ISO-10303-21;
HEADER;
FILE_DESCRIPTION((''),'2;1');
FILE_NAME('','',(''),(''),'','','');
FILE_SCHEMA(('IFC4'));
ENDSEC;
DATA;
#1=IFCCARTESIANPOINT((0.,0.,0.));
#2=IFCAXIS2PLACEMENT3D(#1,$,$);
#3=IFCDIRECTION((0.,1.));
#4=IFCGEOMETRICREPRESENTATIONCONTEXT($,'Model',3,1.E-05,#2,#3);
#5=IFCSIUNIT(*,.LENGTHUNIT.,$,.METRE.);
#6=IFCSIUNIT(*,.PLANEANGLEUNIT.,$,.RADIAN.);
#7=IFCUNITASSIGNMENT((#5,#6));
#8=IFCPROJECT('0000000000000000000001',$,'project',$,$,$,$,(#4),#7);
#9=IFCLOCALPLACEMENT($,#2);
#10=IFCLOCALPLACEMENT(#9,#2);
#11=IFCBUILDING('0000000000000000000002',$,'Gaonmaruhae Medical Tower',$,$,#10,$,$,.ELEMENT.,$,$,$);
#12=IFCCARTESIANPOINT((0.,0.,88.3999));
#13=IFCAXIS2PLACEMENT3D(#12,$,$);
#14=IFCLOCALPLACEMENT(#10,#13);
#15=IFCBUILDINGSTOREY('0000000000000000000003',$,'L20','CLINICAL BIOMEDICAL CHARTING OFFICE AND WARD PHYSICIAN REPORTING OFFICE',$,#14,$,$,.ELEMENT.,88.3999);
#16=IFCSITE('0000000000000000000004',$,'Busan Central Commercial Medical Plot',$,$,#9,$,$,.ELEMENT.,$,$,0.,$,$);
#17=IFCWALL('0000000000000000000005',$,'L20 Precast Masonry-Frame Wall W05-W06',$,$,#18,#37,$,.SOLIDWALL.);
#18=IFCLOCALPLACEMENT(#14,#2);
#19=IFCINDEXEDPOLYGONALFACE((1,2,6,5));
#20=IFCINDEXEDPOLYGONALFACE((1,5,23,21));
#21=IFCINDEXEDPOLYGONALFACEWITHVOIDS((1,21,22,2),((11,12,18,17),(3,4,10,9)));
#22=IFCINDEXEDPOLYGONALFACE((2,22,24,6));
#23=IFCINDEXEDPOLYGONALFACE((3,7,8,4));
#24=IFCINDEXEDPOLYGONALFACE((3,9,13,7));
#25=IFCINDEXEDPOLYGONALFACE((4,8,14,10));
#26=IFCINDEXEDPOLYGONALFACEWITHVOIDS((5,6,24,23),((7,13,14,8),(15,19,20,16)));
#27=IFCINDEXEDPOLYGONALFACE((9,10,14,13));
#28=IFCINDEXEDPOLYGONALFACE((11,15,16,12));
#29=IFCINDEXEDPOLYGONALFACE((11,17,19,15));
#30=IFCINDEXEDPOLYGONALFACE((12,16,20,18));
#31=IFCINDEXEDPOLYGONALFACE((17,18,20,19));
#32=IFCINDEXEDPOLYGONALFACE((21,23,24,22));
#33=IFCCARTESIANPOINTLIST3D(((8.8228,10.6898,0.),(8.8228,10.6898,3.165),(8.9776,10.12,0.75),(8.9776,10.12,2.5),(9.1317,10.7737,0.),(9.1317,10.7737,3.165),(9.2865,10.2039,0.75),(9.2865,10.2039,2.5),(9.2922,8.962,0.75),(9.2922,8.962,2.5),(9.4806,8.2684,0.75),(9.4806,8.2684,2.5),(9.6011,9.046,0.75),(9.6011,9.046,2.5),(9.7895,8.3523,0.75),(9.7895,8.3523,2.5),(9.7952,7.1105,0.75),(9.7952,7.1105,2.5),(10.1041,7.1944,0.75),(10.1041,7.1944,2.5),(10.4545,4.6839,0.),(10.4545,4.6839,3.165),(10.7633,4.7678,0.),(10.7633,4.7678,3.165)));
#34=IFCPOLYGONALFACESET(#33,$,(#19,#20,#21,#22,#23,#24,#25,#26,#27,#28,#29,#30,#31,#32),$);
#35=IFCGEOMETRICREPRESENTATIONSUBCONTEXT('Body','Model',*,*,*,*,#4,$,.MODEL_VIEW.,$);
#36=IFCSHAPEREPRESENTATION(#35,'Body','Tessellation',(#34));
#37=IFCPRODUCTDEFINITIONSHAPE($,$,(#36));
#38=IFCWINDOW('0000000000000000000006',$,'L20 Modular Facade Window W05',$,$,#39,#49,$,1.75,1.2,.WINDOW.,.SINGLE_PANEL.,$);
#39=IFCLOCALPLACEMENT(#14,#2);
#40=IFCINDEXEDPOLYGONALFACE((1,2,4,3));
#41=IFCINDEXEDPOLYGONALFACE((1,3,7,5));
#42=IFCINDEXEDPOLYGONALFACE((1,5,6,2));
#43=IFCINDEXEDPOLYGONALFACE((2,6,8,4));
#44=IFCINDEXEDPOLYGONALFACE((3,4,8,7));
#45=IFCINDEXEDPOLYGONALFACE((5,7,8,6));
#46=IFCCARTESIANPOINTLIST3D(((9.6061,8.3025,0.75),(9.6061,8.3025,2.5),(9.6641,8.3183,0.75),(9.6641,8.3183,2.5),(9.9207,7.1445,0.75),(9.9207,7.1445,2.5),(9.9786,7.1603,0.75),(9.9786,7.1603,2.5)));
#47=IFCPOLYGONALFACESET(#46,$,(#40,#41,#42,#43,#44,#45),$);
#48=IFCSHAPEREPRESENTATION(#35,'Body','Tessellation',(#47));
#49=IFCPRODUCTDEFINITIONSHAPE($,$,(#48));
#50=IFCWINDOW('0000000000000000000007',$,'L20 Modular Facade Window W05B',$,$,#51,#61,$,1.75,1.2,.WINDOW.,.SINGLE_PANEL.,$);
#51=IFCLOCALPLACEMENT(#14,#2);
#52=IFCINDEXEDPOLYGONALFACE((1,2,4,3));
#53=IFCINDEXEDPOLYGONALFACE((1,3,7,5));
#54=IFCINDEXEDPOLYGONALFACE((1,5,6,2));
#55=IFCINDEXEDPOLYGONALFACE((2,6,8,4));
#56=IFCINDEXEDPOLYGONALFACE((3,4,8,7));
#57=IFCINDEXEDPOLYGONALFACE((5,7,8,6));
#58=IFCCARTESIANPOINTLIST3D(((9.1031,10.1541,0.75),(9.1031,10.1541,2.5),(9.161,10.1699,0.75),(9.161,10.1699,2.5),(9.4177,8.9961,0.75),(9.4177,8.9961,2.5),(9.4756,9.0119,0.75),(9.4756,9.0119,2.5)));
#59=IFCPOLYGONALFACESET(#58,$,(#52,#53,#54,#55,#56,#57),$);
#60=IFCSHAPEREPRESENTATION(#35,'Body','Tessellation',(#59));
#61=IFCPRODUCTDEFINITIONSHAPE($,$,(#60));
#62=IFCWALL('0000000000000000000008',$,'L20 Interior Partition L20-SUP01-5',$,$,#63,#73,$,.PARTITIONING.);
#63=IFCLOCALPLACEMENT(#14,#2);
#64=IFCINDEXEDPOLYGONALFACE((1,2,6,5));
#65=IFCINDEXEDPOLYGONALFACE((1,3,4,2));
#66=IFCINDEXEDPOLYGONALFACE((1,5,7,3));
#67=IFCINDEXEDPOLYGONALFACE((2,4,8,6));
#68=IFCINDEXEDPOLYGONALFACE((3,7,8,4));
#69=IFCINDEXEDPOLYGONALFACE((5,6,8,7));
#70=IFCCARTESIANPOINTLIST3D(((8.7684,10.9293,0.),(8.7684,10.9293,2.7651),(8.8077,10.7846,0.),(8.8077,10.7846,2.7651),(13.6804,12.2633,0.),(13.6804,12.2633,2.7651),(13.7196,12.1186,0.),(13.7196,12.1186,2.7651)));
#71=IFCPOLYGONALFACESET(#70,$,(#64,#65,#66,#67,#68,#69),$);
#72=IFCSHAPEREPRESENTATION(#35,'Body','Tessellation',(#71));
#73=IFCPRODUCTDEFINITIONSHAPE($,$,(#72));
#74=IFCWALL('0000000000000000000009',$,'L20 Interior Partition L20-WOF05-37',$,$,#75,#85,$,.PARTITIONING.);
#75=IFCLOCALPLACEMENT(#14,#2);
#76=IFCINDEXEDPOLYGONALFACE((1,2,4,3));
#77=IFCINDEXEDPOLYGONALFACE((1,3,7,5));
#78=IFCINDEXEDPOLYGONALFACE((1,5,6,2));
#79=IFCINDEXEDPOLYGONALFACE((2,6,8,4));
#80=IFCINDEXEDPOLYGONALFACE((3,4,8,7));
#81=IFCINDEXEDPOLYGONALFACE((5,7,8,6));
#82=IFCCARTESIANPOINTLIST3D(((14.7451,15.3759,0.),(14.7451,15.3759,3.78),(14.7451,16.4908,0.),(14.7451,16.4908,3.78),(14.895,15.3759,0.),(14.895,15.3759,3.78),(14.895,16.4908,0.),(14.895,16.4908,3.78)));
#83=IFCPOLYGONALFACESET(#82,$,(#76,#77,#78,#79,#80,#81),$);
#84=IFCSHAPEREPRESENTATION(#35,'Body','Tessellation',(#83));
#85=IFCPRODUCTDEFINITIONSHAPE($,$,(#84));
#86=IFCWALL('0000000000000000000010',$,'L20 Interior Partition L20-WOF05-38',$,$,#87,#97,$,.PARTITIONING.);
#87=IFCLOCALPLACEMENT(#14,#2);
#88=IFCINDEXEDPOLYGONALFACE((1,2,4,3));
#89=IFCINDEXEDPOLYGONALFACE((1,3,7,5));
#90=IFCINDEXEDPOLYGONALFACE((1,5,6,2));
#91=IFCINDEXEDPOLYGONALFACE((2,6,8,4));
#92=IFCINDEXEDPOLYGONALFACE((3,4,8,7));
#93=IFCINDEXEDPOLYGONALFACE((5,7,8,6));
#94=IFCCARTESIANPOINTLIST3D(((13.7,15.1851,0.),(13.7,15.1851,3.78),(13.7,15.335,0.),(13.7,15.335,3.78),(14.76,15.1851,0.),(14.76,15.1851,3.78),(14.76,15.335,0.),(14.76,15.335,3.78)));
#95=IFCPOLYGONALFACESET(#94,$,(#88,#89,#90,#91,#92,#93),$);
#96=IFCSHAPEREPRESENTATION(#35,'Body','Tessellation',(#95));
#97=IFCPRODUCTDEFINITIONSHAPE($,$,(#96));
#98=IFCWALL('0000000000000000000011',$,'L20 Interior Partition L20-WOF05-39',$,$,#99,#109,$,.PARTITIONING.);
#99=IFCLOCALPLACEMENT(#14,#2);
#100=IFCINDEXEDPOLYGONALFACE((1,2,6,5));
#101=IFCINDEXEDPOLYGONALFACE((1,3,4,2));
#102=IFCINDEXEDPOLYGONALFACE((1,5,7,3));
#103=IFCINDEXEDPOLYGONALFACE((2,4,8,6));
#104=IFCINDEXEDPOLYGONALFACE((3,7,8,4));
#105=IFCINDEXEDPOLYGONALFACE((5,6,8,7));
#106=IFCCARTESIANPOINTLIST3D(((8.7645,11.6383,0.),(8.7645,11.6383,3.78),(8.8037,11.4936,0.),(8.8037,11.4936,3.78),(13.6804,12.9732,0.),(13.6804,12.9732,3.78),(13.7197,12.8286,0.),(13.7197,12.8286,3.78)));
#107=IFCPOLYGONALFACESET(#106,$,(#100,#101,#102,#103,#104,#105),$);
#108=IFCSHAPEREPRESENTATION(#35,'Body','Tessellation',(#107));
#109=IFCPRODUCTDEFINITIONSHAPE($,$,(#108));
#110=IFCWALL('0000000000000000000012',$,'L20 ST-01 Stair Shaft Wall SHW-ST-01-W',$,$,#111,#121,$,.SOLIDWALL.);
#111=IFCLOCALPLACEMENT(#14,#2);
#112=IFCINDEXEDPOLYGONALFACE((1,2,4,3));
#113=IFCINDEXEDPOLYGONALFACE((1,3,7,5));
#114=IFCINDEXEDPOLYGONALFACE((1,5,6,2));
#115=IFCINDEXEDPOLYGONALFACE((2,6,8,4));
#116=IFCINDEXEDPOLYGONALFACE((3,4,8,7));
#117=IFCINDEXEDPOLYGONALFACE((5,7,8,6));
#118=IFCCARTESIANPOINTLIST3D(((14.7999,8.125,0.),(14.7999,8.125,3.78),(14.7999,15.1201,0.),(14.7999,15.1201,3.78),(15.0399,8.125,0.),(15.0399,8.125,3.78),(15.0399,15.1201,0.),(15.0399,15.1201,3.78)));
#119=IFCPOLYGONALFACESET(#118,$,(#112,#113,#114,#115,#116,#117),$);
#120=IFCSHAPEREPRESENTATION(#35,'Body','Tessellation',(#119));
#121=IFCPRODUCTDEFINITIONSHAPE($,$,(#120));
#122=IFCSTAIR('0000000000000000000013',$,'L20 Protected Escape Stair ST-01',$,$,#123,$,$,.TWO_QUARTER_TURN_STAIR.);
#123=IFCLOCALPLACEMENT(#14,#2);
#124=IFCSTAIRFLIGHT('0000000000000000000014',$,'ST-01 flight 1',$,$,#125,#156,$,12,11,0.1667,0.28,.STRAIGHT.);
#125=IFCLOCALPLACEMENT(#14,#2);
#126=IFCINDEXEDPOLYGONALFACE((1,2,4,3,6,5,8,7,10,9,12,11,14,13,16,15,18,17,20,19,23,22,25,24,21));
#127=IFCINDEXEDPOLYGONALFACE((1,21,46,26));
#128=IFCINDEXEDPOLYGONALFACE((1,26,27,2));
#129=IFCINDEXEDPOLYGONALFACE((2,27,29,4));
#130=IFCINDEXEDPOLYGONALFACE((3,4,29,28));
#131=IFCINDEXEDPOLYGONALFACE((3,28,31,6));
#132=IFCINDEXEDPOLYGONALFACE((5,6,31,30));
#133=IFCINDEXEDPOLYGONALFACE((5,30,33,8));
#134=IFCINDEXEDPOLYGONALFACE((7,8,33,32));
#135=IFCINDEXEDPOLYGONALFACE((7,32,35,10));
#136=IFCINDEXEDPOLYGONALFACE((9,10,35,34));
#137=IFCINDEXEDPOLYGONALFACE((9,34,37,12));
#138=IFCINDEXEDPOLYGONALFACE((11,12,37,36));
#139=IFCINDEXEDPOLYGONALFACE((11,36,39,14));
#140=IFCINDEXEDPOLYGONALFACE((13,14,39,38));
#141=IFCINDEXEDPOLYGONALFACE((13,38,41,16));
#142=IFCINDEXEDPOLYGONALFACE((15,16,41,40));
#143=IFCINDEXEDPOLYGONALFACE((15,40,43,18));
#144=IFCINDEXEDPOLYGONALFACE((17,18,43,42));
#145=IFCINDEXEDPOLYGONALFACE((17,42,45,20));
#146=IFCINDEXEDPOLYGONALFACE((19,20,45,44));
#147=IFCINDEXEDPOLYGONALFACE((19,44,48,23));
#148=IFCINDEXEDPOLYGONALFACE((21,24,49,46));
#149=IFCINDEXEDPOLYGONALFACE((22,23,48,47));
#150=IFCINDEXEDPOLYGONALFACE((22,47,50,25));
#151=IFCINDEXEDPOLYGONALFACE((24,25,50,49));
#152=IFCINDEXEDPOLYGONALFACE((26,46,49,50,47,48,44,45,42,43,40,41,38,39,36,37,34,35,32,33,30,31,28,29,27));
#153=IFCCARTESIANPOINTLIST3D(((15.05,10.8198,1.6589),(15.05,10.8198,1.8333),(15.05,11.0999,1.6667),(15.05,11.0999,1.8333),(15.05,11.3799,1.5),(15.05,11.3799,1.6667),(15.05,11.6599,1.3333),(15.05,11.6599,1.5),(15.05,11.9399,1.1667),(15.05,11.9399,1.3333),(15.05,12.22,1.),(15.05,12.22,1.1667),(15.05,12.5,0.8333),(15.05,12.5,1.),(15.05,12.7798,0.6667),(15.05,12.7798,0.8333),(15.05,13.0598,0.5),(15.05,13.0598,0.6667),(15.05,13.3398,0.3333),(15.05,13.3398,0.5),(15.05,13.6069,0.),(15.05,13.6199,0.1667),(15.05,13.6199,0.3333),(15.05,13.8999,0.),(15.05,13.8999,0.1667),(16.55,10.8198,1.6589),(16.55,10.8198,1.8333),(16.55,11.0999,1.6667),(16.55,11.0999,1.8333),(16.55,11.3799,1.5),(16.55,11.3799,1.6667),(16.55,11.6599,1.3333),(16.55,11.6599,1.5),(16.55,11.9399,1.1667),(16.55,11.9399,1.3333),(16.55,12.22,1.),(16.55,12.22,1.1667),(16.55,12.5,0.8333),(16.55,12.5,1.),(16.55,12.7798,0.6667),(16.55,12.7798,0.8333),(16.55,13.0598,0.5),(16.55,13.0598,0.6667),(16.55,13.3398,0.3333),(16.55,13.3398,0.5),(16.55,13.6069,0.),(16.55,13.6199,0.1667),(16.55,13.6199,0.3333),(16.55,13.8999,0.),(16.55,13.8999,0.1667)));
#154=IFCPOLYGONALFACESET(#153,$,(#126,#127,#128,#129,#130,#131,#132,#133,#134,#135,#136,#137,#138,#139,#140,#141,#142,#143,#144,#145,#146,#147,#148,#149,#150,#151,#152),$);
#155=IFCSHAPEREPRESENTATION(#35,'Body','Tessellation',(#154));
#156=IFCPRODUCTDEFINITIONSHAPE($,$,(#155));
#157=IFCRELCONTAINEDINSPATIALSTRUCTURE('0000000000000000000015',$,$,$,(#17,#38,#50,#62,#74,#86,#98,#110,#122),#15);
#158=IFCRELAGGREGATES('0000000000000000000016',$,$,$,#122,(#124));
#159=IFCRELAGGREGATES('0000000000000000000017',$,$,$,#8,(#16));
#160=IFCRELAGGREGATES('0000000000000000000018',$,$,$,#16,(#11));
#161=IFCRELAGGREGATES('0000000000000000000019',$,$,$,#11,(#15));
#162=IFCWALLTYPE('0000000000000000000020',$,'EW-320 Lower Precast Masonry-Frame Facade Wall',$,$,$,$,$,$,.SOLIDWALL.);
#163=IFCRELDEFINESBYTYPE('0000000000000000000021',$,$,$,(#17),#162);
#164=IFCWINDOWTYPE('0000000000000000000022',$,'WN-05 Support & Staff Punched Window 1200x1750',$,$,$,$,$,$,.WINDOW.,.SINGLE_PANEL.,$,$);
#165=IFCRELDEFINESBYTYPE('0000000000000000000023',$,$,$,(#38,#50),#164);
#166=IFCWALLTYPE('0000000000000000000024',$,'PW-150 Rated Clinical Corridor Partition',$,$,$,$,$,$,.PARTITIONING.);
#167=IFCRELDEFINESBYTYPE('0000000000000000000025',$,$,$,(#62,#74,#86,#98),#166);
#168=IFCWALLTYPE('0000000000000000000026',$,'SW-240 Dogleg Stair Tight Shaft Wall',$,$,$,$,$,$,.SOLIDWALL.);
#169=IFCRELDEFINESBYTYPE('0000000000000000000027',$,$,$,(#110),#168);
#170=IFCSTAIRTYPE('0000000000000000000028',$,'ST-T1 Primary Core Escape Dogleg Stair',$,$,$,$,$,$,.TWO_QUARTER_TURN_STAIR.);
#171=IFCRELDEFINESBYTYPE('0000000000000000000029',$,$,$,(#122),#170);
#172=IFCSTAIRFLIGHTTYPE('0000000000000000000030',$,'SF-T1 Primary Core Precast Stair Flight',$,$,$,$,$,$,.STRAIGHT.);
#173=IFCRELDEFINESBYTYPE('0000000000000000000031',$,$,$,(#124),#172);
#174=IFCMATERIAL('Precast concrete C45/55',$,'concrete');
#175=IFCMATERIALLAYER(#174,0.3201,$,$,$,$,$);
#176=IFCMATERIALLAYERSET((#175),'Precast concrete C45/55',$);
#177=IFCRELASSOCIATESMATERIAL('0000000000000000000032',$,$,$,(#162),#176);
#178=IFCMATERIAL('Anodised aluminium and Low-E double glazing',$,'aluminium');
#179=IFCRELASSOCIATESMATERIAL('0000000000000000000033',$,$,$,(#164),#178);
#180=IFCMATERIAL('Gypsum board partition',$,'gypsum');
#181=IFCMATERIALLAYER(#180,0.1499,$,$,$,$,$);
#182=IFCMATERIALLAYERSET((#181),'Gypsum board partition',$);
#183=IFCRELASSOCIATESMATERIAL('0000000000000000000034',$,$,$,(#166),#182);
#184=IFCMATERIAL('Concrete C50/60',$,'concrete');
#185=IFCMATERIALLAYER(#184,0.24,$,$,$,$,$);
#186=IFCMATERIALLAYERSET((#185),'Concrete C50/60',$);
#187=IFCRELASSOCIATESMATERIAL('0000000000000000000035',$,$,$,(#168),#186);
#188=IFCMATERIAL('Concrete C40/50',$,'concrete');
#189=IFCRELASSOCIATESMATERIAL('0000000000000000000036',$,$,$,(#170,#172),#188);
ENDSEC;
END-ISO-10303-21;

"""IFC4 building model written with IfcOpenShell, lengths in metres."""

from ifc_helpers import new_model, si_unit, direction, frame, frame_2d, origin, place, context, subcontext, project, spatial, polyline, rectangle, outline, extrude, material, layer, layer_set, type_object, element, fill, aggregate, save


model = new_model("IFC4")

# Units and contexts
model_context = context("Model", 3, precision=1e-05, world=origin(), true_north=direction((0.0, 1.0)))
body_context = subcontext(model_context, "Body", "Model", "MODEL_VIEW")
ifc_project = project(units=[si_unit("LENGTHUNIT", "METRE"), si_unit("PLANEANGLEUNIT", "RADIAN")], contexts=[model_context])

# Site, building, storey
site_placement = place(None, origin())
site = spatial("IfcSite", under=ifc_project, at=site_placement, Name="Busan Central Commercial Medical Plot", CompositionType="ELEMENT", RefElevation=0.0)
building_placement = place(site_placement, origin())
building = spatial("IfcBuilding", under=site, at=building_placement, Name="Gaonmaruhae Medical Tower", CompositionType="ELEMENT")
storey_placement = place(building_placement, frame((0.0, 0.0, 88.3999)))
storey = spatial("IfcBuildingStorey", under=building, at=storey_placement, Name="L20", Description="CLINICAL BIOMEDICAL CHARTING OFFICE AND WARD PHYSICIAN REPORTING OFFICE", CompositionType="ELEMENT", Elevation=88.3999)

# Shared definitions
ifc_material_1 = material(Name="Precast concrete C45/55", Category="concrete")
ifc_layer_1 = layer(ifc_material_1, 0.3201)
ifc_layer_set_1 = layer_set([ifc_layer_1], Name="Precast concrete C45/55")
wall_type_1 = type_object("IfcWallType", Name="EW-320 Lower Precast Masonry-Frame Facade Wall", PredefinedType="SOLIDWALL", material=ifc_layer_set_1)
ifc_material_2 = material(Name="Anodised aluminium and Low-E double glazing", Category="aluminium")

# Wall, openings, windows
wall_1_placement = place(storey_placement, frame((10.6089, 4.7258, 0.0), z_axis=(0.0, 0.0, 1.0), x_axis=(-0.262165, 0.965023, 0.0)))
wall_1 = element("IfcWall", 1, at=wall_1_placement, inside=storey, type_object=wall_type_1, Name="L20 Precast Masonry-Frame Wall W05-W06", PredefinedType="SOLIDWALL", context=body_context, shape_type="SweptSolid", body=[
    extrude(rectangle(XDim=6.2236, YDim=0.3201, at=frame_2d((3.1118, 0.0))), origin(), (0.0, 0.0, 1.0), 3.165),
])
opening_1_placement = place(wall_1_placement, frame((2.5144, 0.0, 0.75)))
opening_1 = element("IfcOpeningElement", 2, at=opening_1_placement, cuts=wall_1, PredefinedType="OPENING", context=body_context, shape_type="SweptSolid", body=[
    extrude(rectangle(XDim=1.2, YDim=1.75, at=frame_2d((0.6001, 0.875))), frame((0.0, 0.1699, 0.0), z_axis=(0.0, -1.0, 0.0), x_axis=(1.0, 0.0, 0.0)), (0.0, 0.0, 1.0), 0.3401),
])
opening_2_placement = place(wall_1_placement, frame((4.4331, 0.0, 0.75)))
opening_2 = element("IfcOpeningElement", 3, at=opening_2_placement, cuts=wall_1, PredefinedType="OPENING", context=body_context, shape_type="SweptSolid", body=[
    extrude(rectangle(XDim=1.2, YDim=1.75, at=frame_2d((0.6001, 0.875))), frame((0.0, 0.1699, 0.0), z_axis=(0.0, -1.0, 0.0), x_axis=(1.0, 0.0, 0.0)), (0.0, 0.0, 1.0), 0.3401),
])
window_type_1 = type_object("IfcWindowType", Name="WN-05 Support & Staff Punched Window 1200x1750", PartitioningType="SINGLE_PANEL", PredefinedType="WINDOW", material=ifc_material_2)
window_1_placement = place(opening_1_placement, origin())
window_1 = element("IfcWindow", 4, at=window_1_placement, inside=storey, type_object=window_type_1, Name="L20 Modular Facade Window W05", OverallHeight=1.75, OverallWidth=1.2, PartitioningType="SINGLE_PANEL", PredefinedType="WINDOW", context=body_context, shape_type="SweptSolid", body=[
    extrude(rectangle(XDim=1.2, YDim=1.75, at=frame_2d((0.6001, 0.875))), frame((0.0, 0.03, 0.0), z_axis=(0.0, -1.0, 0.0), x_axis=(1.0, 0.0, 0.0)), (0.0, 0.0, 1.0), 0.0601),
])
fill(opening_1, window_1)
window_2_placement = place(opening_2_placement, origin())
window_2 = element("IfcWindow", 5, at=window_2_placement, inside=storey, type_object=window_type_1, Name="L20 Modular Facade Window W05B", OverallHeight=1.75, OverallWidth=1.2, PartitioningType="SINGLE_PANEL", PredefinedType="WINDOW", context=body_context, shape_type="SweptSolid", body=[
    extrude(rectangle(XDim=1.2, YDim=1.75, at=frame_2d((0.6001, 0.875))), frame((0.0, 0.03, 0.0), z_axis=(0.0, -1.0, 0.0), x_axis=(1.0, 0.0, 0.0)), (0.0, 0.0, 1.0), 0.0601),
])
fill(opening_2, window_2)

# Walls
ifc_material_3 = material(Name="Gypsum board partition", Category="gypsum")
ifc_layer_2 = layer(ifc_material_3, 0.1499)
ifc_layer_set_2 = layer_set([ifc_layer_2], Name="Gypsum board partition")
wall_type_2 = type_object("IfcWallType", Name="PW-150 Rated Clinical Corridor Partition", PredefinedType="PARTITIONING", material=ifc_layer_set_2)
wall_2_placement = place(storey_placement, frame((8.7881, 10.8569, 0.0), z_axis=(0.0, 0.0, 1.0), x_axis=(0.965043, 0.26209, 0.0)))
element("IfcWall", 6, at=wall_2_placement, inside=storey, type_object=wall_type_2, Name="L20 Interior Partition L20-SUP01-5", PredefinedType="PARTITIONING", context=body_context, shape_type="SweptSolid", body=[
    extrude(rectangle(XDim=5.0898, YDim=0.1499, at=frame_2d((2.5449, 0.0))), origin(), (0.0, 0.0, 1.0), 2.7651),
])
wall_3_placement = place(storey_placement, frame((14.8201, 16.491, 0.0), z_axis=(0.0, 0.0, 1.0), x_axis=(0.0, -1.0, 0.0)))
element("IfcWall", 7, at=wall_3_placement, inside=storey, type_object=wall_type_2, Name="L20 Interior Partition L20-WOF05-37", PredefinedType="PARTITIONING", context=body_context, shape_type="SweptSolid", body=[
    extrude(rectangle(XDim=1.115, YDim=0.1499, at=frame_2d((0.5576, 0.0))), origin(), (0.0, 0.0, 1.0), 3.78),
])
wall_4_placement = place(storey_placement, frame((14.76, 15.26, 0.0), z_axis=(0.0, 0.0, 1.0), x_axis=(-1.0, 0.0, 0.0)))
element("IfcWall", 8, at=wall_4_placement, inside=storey, type_object=wall_type_2, Name="L20 Interior Partition L20-WOF05-38", PredefinedType="PARTITIONING", context=body_context, shape_type="SweptSolid", body=[
    extrude(rectangle(XDim=1.0601, YDim=0.1499, at=frame_2d((0.53, 0.0))), origin(), (0.0, 0.0, 1.0), 3.78),
])
wall_5_placement = place(storey_placement, frame((13.7, 12.9009, 0.0), z_axis=(0.0, 0.0, 1.0), x_axis=(-0.965051, -0.262063, 0.0)))
element("IfcWall", 9, at=wall_5_placement, inside=storey, type_object=wall_type_2, Name="L20 Interior Partition L20-WOF05-39", PredefinedType="PARTITIONING", context=body_context, shape_type="SweptSolid", body=[
    extrude(rectangle(XDim=5.094, YDim=0.1499, at=frame_2d((2.5469, 0.0))), origin(), (0.0, 0.0, 1.0), 3.78),
])

# Shared definitions
ifc_material_4 = material(Name="Concrete C50/60", Category="concrete")
ifc_layer_3 = layer(ifc_material_4, 0.24)
ifc_layer_set_3 = layer_set([ifc_layer_3], Name="Concrete C50/60")
wall_type_3 = type_object("IfcWallType", Name="SW-240 Dogleg Stair Tight Shaft Wall", PredefinedType="SOLIDWALL", material=ifc_layer_set_3)

# Wall
wall_6_placement = place(storey_placement, frame((14.9199, 8.125, 0.0), z_axis=(0.0, 0.0, 1.0), x_axis=(0.0, 1.0, 0.0)))
element("IfcWall", 10, at=wall_6_placement, inside=storey, type_object=wall_type_3, Name="L20 ST-01 Stair Shaft Wall SHW-ST-01-W", PredefinedType="SOLIDWALL", context=body_context, shape_type="SweptSolid", body=[
    extrude(rectangle(XDim=6.9951, YDim=0.24, at=frame_2d((3.4976, 0.0))), origin(), (0.0, 0.0, 1.0), 3.78),
])

# Stair, stair flight
ifc_material_5 = material(Name="Concrete C40/50", Category="concrete")
stair_type = type_object("IfcStairType", Name="ST-T1 Primary Core Escape Dogleg Stair", PredefinedType="TWO_QUARTER_TURN_STAIR", material=ifc_material_5)
stair_placement = place(storey_placement, origin())
stair = element("IfcStair", 11, at=stair_placement, inside=storey, type_object=stair_type, Name="L20 Protected Escape Stair ST-01", PredefinedType="TWO_QUARTER_TURN_STAIR")
stair_flight_type = type_object("IfcStairFlightType", Name="SF-T1 Primary Core Precast Stair Flight", PredefinedType="STRAIGHT", material=ifc_material_5)
stair_flight_placement = place(storey_placement, frame((15.8, 13.8999, 0.0), z_axis=(0.0, 0.0, 1.0), x_axis=(0.0, -1.0, 0.0)))
stair_flight = element("IfcStairFlight", 12, at=stair_flight_placement, type_object=stair_flight_type, Name="ST-01 flight 1", NumberOfRisers=12, NumberOfTreads=11, PredefinedType="STRAIGHT", RiserHeight=0.1667, TreadLength=0.28, context=body_context, shape_type="SweptSolid", body=[
    extrude(outline(polyline([(0.0, 0.0), (0.0, 0.1667), (0.28, 0.1667), (0.28, 0.3333), (0.5601, 0.3333), (0.5601, 0.5), (0.8401, 0.5), (0.8401, 0.6667), (1.1201, 0.6667), (1.1201, 0.8333), (1.3999, 0.8333), (1.3999, 1.0), (1.6799, 1.0), (1.6799, 1.1667), (1.96, 1.1667), (1.96, 1.3333), (2.24, 1.3333), (2.24, 1.5), (2.52, 1.5), (2.52, 1.6667), (2.8, 1.6667), (2.8, 1.8333), (3.0801, 1.8333), (3.0801, 2.0), (3.0801, 1.6589), (0.293, 0.0), (0.0, 0.0)])), frame((0.0, 0.75, 0.0), z_axis=(0.0, -1.0, 0.0), x_axis=(1.0, 0.0, 0.0)), (0.0, 0.0, 1.0), 1.5),
])
aggregate(stair, [stair_flight])

save(model, "model.ifc")
